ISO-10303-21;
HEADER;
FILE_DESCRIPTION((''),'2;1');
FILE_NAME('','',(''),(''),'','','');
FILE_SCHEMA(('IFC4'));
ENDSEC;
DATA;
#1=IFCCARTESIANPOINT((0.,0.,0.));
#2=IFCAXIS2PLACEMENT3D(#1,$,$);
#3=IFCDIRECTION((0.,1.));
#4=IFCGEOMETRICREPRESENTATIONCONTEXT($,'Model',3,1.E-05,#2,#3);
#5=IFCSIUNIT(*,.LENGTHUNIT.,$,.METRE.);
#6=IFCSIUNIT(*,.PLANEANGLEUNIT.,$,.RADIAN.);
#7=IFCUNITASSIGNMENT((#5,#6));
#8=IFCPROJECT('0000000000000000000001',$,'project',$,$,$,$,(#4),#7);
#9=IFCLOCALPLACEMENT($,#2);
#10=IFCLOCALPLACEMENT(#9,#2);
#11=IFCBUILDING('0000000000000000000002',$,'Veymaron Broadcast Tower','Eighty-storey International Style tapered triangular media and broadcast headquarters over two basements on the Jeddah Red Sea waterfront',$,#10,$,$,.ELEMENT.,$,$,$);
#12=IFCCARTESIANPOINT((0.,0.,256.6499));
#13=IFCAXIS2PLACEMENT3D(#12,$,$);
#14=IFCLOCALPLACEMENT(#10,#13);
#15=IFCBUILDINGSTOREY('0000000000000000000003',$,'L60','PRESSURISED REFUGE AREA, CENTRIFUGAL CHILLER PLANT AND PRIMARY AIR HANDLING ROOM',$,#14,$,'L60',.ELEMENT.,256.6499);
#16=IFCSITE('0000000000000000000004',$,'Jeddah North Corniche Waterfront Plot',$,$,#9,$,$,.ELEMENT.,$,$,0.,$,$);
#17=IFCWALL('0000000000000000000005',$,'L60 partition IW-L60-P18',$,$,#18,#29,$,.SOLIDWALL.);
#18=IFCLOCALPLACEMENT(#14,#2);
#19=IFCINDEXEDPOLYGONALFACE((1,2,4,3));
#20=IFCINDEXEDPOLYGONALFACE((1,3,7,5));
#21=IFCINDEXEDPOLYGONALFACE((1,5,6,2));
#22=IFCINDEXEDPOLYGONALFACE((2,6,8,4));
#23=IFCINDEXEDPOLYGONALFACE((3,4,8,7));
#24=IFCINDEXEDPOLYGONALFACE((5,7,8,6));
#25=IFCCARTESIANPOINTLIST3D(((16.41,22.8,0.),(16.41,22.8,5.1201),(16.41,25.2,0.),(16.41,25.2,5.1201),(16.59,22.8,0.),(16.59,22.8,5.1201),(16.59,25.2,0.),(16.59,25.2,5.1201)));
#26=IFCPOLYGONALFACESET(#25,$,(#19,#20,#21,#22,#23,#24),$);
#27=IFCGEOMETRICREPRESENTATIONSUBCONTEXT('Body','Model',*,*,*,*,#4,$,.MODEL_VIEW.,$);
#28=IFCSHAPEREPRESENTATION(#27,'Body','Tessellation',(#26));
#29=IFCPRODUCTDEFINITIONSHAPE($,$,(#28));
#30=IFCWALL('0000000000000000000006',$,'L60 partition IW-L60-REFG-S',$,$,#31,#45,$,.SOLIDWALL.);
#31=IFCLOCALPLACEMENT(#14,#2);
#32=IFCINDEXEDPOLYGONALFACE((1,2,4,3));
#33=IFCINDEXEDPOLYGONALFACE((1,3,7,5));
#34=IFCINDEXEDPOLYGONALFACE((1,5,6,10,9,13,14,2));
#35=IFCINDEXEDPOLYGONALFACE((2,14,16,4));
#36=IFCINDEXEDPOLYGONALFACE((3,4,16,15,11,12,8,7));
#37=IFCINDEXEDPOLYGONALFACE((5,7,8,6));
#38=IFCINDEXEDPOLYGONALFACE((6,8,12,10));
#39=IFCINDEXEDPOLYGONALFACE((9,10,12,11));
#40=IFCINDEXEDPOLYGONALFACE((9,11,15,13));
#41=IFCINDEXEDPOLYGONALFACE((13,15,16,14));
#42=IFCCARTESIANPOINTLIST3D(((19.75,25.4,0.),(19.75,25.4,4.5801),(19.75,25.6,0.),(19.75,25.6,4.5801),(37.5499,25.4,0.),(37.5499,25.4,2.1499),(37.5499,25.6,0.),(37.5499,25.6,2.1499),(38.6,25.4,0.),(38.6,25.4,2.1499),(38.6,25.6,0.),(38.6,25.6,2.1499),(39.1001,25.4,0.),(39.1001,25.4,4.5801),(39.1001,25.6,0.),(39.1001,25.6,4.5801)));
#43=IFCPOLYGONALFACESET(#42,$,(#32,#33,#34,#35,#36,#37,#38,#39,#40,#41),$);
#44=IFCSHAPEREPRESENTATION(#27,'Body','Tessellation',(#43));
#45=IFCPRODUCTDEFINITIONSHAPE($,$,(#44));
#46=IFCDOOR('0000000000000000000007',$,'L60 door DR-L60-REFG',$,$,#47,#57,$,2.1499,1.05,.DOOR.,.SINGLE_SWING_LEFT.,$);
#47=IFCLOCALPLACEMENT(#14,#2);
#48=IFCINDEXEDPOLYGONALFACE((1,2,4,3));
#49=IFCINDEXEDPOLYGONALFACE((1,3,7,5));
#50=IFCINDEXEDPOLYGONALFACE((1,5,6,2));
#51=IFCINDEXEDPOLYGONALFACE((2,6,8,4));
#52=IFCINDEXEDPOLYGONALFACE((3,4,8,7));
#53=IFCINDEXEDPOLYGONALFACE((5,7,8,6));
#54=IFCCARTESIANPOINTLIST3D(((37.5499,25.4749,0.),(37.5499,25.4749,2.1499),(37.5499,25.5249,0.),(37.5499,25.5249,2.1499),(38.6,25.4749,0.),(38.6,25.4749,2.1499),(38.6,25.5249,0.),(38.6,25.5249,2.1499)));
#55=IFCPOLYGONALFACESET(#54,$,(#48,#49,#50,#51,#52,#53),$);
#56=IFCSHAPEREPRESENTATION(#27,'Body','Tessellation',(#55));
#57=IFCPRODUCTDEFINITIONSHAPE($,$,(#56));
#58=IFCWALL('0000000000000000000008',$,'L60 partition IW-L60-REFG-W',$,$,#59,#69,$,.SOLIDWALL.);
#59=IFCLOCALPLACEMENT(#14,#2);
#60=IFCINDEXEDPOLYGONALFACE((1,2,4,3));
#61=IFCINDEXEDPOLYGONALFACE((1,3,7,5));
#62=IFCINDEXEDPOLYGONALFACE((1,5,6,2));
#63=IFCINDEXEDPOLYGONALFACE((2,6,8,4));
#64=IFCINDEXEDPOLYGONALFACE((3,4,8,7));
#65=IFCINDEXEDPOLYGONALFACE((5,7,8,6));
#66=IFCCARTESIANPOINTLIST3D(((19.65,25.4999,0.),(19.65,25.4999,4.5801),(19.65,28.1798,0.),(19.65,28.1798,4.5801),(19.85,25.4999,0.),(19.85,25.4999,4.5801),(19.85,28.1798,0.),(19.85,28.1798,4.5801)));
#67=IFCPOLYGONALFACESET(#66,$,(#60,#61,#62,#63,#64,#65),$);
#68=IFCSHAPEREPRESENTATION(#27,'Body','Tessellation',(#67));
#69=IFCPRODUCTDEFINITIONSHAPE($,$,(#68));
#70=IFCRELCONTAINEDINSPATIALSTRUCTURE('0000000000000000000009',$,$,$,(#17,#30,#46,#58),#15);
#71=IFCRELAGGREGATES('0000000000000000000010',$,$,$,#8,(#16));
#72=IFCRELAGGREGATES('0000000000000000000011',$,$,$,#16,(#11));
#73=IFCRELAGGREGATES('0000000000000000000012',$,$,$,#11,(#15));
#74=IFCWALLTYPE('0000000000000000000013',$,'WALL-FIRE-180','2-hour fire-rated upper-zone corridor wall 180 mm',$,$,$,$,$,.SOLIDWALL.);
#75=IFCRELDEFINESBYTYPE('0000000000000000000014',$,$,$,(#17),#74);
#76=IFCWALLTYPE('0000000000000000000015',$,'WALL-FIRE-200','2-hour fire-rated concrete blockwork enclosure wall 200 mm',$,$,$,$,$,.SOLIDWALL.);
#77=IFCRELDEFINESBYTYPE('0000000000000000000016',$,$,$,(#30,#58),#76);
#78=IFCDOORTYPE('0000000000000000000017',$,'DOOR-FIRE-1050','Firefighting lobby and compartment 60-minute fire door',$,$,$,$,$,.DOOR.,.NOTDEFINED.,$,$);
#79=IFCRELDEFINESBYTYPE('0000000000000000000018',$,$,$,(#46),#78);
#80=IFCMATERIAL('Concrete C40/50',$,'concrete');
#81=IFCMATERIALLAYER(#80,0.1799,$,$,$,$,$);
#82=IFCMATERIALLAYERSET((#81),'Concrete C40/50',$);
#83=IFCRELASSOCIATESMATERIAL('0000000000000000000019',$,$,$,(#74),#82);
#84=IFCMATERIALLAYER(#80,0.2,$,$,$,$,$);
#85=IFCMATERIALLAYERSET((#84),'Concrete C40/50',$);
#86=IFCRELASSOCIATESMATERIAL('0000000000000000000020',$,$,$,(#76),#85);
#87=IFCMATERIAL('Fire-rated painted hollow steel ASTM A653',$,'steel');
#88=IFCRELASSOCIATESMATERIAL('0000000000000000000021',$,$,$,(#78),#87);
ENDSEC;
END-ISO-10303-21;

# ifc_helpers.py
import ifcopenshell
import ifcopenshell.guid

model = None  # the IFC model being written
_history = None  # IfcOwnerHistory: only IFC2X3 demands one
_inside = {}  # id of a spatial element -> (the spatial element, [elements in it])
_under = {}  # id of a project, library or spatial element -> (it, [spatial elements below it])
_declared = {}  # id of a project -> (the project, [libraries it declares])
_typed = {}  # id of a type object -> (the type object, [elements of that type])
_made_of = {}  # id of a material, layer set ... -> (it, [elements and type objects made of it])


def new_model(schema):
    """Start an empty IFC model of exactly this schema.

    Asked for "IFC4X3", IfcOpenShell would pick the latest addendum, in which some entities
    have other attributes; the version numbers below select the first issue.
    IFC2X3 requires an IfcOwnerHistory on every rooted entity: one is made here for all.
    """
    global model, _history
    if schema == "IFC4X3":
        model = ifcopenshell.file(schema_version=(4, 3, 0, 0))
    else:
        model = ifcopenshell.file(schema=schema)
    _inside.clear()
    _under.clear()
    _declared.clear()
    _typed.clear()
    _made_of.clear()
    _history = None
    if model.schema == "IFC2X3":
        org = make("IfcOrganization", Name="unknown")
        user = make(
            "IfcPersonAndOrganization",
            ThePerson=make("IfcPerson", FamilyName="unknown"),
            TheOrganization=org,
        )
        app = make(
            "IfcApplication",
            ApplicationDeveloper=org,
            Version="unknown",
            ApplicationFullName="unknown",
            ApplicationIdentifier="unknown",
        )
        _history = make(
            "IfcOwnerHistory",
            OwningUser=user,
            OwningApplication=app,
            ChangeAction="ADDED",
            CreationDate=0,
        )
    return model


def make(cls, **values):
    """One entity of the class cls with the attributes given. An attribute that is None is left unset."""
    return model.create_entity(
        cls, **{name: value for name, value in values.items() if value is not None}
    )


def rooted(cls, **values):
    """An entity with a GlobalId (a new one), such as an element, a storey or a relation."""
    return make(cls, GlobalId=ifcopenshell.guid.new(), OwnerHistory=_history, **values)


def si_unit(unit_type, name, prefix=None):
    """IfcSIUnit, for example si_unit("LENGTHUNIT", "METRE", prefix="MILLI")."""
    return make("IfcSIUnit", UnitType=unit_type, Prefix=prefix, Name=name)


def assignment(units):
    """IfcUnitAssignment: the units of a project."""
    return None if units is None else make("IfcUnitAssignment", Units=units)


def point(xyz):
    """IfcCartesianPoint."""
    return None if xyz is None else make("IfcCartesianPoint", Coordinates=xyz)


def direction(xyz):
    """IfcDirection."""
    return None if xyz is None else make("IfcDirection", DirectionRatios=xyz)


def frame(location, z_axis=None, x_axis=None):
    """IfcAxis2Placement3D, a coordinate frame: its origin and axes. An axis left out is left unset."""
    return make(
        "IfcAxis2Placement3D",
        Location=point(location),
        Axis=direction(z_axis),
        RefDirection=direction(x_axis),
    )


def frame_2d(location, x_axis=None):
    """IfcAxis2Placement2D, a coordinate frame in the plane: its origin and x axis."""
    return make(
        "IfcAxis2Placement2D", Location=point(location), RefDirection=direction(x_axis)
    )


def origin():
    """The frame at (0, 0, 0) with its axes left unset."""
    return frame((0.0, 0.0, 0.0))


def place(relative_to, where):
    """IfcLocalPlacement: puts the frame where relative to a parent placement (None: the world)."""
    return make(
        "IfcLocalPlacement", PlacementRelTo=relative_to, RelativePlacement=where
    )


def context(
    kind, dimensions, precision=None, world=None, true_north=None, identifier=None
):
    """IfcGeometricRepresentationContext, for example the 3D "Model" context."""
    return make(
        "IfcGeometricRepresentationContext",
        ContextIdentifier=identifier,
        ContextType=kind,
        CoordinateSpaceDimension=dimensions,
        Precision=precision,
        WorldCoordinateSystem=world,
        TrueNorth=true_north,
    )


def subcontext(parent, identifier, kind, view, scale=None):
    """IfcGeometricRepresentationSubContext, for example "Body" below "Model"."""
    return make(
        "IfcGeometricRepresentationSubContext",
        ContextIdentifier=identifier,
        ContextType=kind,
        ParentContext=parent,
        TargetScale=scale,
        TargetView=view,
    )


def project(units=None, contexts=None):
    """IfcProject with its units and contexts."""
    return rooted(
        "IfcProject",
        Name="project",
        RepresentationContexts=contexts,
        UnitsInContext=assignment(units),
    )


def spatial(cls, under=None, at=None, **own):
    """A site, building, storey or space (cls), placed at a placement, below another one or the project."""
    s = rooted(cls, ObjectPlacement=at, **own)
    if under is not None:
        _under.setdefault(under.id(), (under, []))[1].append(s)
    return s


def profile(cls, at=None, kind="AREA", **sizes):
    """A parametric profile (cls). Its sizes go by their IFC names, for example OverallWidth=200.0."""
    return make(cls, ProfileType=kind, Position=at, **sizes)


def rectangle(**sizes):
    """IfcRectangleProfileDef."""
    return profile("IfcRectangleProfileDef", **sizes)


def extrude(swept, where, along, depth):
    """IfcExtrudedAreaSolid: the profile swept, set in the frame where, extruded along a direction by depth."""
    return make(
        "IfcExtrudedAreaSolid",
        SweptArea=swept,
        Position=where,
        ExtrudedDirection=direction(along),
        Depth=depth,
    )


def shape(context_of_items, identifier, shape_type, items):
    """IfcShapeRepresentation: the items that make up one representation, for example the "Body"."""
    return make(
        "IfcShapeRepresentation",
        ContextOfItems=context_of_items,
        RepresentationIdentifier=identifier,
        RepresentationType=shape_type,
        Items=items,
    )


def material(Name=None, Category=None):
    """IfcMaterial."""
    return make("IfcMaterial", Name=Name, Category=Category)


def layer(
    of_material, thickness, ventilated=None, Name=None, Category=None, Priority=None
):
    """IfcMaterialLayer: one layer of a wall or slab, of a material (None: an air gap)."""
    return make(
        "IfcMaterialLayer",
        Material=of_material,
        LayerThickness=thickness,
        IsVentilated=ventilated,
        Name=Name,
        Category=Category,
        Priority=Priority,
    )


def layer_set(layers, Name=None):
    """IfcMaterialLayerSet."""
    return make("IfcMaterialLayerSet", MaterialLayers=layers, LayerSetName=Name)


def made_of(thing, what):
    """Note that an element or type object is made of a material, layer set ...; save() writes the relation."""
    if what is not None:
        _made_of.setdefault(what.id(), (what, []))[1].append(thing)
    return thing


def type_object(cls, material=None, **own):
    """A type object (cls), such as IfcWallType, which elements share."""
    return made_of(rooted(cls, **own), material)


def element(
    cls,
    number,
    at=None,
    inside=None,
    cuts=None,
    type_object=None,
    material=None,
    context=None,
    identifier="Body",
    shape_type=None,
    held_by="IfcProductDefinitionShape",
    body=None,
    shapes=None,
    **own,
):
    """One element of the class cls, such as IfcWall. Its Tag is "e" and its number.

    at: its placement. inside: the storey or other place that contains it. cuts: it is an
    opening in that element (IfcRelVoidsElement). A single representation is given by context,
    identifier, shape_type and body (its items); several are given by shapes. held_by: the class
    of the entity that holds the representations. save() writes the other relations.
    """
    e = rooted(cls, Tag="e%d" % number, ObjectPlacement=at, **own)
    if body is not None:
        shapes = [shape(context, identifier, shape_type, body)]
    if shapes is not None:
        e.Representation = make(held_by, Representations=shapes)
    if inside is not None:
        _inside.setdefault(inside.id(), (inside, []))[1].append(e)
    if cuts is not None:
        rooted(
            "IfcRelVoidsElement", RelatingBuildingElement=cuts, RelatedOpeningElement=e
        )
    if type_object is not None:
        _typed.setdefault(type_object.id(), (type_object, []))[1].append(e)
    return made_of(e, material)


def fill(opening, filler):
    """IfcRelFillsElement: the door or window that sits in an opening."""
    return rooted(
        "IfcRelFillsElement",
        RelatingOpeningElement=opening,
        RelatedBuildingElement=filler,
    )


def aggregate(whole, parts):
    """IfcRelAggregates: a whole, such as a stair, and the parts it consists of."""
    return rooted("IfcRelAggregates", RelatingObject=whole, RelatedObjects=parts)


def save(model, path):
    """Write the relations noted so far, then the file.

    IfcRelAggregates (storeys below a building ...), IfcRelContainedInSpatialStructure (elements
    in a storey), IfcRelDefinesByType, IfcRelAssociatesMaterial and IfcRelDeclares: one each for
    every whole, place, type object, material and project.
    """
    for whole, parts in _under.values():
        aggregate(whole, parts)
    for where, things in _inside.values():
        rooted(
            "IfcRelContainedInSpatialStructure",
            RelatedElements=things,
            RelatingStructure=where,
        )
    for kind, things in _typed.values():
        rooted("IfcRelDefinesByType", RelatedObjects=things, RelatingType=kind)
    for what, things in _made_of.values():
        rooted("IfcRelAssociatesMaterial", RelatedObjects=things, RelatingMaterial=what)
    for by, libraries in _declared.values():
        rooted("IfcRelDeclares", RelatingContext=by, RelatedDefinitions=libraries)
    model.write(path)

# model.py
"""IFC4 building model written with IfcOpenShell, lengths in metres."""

from ifc_helpers import new_model, si_unit, direction, frame, frame_2d, origin, place, context, subcontext, project, spatial, rectangle, extrude, material, layer, layer_set, type_object, element, fill, save


model = new_model("IFC4")

# Units and contexts
model_context = context("Model", 3, precision=1e-05, world=origin(), true_north=direction((0.0, 1.0)))
body_context = subcontext(model_context, "Body", "Model", "MODEL_VIEW")
ifc_project = project(units=[si_unit("LENGTHUNIT", "METRE"), si_unit("PLANEANGLEUNIT", "RADIAN")], contexts=[model_context])

# Site, building, storey
site_placement = place(None, origin())
site = spatial("IfcSite", under=ifc_project, at=site_placement, Name="Jeddah North Corniche Waterfront Plot", CompositionType="ELEMENT", RefElevation=0.0)
building_placement = place(site_placement, origin())
building = spatial("IfcBuilding", under=site, at=building_placement, Name="Veymaron Broadcast Tower", Description="Eighty-storey International Style tapered triangular media and broadcast headquarters over two basements on the Jeddah Red Sea waterfront", CompositionType="ELEMENT")
storey_placement = place(building_placement, frame((0.0, 0.0, 256.6499)))
storey = spatial("IfcBuildingStorey", under=building, at=storey_placement, Name="L60", Description="PRESSURISED REFUGE AREA, CENTRIFUGAL CHILLER PLANT AND PRIMARY AIR HANDLING ROOM", LongName="L60", CompositionType="ELEMENT", Elevation=256.6499)

# Shared definitions
ifc_material_1 = material(Name="Concrete C40/50", Category="concrete")
ifc_layer_1 = layer(ifc_material_1, 0.1799)
ifc_layer_set_1 = layer_set([ifc_layer_1], Name="Concrete C40/50")
wall_type_1 = type_object("IfcWallType", Name="WALL-FIRE-180", Description="2-hour fire-rated upper-zone corridor wall 180 mm", PredefinedType="SOLIDWALL", material=ifc_layer_set_1)

# Wall
wall_1_placement = place(storey_placement, frame((16.5, 22.8, 0.0), z_axis=(0.0, 0.0, 1.0), x_axis=(0.0, 1.0, 0.0)))
element("IfcWall", 1, at=wall_1_placement, inside=storey, type_object=wall_type_1, Name="L60 partition IW-L60-P18", PredefinedType="SOLIDWALL", context=body_context, shape_type="SweptSolid", body=[
    extrude(rectangle(XDim=2.3999, YDim=0.1799, at=frame_2d((1.2, 0.0))), origin(), (0.0, 0.0, 1.0), 5.1201),
])

# Wall, opening, door
ifc_layer_2 = layer(ifc_material_1, 0.2)
ifc_layer_set_2 = layer_set([ifc_layer_2], Name="Concrete C40/50")
wall_type_2 = type_object("IfcWallType", Name="WALL-FIRE-200", Description="2-hour fire-rated concrete blockwork enclosure wall 200 mm", PredefinedType="SOLIDWALL", material=ifc_layer_set_2)
wall_2_placement = place(storey_placement, frame((19.75, 25.5, 0.0), z_axis=(0.0, 0.0, 1.0), x_axis=(1.0, 0.0, 0.0)))
wall_2 = element("IfcWall", 2, at=wall_2_placement, inside=storey, type_object=wall_type_2, Name="L60 partition IW-L60-REFG-S", PredefinedType="SOLIDWALL", context=body_context, shape_type="SweptSolid", body=[
    extrude(rectangle(XDim=19.3501, YDim=0.2, at=frame_2d((9.675, 0.0))), origin(), (0.0, 0.0, 1.0), 4.5801),
])
opening_1_placement = place(wall_2_placement, frame((17.8, 0.0, 0.0)))
opening_1 = element("IfcOpeningElement", 3, at=opening_1_placement, cuts=wall_2, PredefinedType="OPENING", context=body_context, shape_type="SweptSolid", body=[
    extrude(rectangle(XDim=1.05, YDim=2.1499, at=frame_2d((0.5249, 1.075))), frame((0.0, 0.1099, 0.0), z_axis=(0.0, -1.0, 0.0), x_axis=(1.0, 0.0, 0.0)), (0.0, 0.0, 1.0), 0.22),
])
ifc_material_2 = material(Name="Fire-rated painted hollow steel ASTM A653", Category="steel")
door_type_1 = type_object("IfcDoorType", Name="DOOR-FIRE-1050", Description="Firefighting lobby and compartment 60-minute fire door", OperationType="NOTDEFINED", PredefinedType="DOOR", material=ifc_material_2)
door_1_placement = place(opening_1_placement, origin())
door_1 = element("IfcDoor", 4, at=door_1_placement, inside=storey, type_object=door_type_1, Name="L60 door DR-L60-REFG", OperationType="SINGLE_SWING_LEFT", OverallHeight=2.1499, OverallWidth=1.05, PredefinedType="DOOR", context=body_context, shape_type="SweptSolid", body=[
    extrude(rectangle(XDim=1.05, YDim=2.1499, at=frame_2d((0.5249, 1.075))), frame((0.0, 0.0249, 0.0), z_axis=(0.0, -1.0, 0.0), x_axis=(1.0, 0.0, 0.0)), (0.0, 0.0, 1.0), 0.05),
])
fill(opening_1, door_1)

# Wall
wall_3_placement = place(storey_placement, frame((19.75, 25.5, 0.0), z_axis=(0.0, 0.0, 1.0), x_axis=(0.0, 1.0, 0.0)))
element("IfcWall", 5, at=wall_3_placement, inside=storey, type_object=wall_type_2, Name="L60 partition IW-L60-REFG-W", PredefinedType="SOLIDWALL", context=body_context, shape_type="SweptSolid", body=[
    extrude(rectangle(XDim=2.6799, YDim=0.2, at=frame_2d((1.3398, 0.0))), origin(), (0.0, 0.0, 1.0), 4.5801),
])

save(model, "model.ifc")
